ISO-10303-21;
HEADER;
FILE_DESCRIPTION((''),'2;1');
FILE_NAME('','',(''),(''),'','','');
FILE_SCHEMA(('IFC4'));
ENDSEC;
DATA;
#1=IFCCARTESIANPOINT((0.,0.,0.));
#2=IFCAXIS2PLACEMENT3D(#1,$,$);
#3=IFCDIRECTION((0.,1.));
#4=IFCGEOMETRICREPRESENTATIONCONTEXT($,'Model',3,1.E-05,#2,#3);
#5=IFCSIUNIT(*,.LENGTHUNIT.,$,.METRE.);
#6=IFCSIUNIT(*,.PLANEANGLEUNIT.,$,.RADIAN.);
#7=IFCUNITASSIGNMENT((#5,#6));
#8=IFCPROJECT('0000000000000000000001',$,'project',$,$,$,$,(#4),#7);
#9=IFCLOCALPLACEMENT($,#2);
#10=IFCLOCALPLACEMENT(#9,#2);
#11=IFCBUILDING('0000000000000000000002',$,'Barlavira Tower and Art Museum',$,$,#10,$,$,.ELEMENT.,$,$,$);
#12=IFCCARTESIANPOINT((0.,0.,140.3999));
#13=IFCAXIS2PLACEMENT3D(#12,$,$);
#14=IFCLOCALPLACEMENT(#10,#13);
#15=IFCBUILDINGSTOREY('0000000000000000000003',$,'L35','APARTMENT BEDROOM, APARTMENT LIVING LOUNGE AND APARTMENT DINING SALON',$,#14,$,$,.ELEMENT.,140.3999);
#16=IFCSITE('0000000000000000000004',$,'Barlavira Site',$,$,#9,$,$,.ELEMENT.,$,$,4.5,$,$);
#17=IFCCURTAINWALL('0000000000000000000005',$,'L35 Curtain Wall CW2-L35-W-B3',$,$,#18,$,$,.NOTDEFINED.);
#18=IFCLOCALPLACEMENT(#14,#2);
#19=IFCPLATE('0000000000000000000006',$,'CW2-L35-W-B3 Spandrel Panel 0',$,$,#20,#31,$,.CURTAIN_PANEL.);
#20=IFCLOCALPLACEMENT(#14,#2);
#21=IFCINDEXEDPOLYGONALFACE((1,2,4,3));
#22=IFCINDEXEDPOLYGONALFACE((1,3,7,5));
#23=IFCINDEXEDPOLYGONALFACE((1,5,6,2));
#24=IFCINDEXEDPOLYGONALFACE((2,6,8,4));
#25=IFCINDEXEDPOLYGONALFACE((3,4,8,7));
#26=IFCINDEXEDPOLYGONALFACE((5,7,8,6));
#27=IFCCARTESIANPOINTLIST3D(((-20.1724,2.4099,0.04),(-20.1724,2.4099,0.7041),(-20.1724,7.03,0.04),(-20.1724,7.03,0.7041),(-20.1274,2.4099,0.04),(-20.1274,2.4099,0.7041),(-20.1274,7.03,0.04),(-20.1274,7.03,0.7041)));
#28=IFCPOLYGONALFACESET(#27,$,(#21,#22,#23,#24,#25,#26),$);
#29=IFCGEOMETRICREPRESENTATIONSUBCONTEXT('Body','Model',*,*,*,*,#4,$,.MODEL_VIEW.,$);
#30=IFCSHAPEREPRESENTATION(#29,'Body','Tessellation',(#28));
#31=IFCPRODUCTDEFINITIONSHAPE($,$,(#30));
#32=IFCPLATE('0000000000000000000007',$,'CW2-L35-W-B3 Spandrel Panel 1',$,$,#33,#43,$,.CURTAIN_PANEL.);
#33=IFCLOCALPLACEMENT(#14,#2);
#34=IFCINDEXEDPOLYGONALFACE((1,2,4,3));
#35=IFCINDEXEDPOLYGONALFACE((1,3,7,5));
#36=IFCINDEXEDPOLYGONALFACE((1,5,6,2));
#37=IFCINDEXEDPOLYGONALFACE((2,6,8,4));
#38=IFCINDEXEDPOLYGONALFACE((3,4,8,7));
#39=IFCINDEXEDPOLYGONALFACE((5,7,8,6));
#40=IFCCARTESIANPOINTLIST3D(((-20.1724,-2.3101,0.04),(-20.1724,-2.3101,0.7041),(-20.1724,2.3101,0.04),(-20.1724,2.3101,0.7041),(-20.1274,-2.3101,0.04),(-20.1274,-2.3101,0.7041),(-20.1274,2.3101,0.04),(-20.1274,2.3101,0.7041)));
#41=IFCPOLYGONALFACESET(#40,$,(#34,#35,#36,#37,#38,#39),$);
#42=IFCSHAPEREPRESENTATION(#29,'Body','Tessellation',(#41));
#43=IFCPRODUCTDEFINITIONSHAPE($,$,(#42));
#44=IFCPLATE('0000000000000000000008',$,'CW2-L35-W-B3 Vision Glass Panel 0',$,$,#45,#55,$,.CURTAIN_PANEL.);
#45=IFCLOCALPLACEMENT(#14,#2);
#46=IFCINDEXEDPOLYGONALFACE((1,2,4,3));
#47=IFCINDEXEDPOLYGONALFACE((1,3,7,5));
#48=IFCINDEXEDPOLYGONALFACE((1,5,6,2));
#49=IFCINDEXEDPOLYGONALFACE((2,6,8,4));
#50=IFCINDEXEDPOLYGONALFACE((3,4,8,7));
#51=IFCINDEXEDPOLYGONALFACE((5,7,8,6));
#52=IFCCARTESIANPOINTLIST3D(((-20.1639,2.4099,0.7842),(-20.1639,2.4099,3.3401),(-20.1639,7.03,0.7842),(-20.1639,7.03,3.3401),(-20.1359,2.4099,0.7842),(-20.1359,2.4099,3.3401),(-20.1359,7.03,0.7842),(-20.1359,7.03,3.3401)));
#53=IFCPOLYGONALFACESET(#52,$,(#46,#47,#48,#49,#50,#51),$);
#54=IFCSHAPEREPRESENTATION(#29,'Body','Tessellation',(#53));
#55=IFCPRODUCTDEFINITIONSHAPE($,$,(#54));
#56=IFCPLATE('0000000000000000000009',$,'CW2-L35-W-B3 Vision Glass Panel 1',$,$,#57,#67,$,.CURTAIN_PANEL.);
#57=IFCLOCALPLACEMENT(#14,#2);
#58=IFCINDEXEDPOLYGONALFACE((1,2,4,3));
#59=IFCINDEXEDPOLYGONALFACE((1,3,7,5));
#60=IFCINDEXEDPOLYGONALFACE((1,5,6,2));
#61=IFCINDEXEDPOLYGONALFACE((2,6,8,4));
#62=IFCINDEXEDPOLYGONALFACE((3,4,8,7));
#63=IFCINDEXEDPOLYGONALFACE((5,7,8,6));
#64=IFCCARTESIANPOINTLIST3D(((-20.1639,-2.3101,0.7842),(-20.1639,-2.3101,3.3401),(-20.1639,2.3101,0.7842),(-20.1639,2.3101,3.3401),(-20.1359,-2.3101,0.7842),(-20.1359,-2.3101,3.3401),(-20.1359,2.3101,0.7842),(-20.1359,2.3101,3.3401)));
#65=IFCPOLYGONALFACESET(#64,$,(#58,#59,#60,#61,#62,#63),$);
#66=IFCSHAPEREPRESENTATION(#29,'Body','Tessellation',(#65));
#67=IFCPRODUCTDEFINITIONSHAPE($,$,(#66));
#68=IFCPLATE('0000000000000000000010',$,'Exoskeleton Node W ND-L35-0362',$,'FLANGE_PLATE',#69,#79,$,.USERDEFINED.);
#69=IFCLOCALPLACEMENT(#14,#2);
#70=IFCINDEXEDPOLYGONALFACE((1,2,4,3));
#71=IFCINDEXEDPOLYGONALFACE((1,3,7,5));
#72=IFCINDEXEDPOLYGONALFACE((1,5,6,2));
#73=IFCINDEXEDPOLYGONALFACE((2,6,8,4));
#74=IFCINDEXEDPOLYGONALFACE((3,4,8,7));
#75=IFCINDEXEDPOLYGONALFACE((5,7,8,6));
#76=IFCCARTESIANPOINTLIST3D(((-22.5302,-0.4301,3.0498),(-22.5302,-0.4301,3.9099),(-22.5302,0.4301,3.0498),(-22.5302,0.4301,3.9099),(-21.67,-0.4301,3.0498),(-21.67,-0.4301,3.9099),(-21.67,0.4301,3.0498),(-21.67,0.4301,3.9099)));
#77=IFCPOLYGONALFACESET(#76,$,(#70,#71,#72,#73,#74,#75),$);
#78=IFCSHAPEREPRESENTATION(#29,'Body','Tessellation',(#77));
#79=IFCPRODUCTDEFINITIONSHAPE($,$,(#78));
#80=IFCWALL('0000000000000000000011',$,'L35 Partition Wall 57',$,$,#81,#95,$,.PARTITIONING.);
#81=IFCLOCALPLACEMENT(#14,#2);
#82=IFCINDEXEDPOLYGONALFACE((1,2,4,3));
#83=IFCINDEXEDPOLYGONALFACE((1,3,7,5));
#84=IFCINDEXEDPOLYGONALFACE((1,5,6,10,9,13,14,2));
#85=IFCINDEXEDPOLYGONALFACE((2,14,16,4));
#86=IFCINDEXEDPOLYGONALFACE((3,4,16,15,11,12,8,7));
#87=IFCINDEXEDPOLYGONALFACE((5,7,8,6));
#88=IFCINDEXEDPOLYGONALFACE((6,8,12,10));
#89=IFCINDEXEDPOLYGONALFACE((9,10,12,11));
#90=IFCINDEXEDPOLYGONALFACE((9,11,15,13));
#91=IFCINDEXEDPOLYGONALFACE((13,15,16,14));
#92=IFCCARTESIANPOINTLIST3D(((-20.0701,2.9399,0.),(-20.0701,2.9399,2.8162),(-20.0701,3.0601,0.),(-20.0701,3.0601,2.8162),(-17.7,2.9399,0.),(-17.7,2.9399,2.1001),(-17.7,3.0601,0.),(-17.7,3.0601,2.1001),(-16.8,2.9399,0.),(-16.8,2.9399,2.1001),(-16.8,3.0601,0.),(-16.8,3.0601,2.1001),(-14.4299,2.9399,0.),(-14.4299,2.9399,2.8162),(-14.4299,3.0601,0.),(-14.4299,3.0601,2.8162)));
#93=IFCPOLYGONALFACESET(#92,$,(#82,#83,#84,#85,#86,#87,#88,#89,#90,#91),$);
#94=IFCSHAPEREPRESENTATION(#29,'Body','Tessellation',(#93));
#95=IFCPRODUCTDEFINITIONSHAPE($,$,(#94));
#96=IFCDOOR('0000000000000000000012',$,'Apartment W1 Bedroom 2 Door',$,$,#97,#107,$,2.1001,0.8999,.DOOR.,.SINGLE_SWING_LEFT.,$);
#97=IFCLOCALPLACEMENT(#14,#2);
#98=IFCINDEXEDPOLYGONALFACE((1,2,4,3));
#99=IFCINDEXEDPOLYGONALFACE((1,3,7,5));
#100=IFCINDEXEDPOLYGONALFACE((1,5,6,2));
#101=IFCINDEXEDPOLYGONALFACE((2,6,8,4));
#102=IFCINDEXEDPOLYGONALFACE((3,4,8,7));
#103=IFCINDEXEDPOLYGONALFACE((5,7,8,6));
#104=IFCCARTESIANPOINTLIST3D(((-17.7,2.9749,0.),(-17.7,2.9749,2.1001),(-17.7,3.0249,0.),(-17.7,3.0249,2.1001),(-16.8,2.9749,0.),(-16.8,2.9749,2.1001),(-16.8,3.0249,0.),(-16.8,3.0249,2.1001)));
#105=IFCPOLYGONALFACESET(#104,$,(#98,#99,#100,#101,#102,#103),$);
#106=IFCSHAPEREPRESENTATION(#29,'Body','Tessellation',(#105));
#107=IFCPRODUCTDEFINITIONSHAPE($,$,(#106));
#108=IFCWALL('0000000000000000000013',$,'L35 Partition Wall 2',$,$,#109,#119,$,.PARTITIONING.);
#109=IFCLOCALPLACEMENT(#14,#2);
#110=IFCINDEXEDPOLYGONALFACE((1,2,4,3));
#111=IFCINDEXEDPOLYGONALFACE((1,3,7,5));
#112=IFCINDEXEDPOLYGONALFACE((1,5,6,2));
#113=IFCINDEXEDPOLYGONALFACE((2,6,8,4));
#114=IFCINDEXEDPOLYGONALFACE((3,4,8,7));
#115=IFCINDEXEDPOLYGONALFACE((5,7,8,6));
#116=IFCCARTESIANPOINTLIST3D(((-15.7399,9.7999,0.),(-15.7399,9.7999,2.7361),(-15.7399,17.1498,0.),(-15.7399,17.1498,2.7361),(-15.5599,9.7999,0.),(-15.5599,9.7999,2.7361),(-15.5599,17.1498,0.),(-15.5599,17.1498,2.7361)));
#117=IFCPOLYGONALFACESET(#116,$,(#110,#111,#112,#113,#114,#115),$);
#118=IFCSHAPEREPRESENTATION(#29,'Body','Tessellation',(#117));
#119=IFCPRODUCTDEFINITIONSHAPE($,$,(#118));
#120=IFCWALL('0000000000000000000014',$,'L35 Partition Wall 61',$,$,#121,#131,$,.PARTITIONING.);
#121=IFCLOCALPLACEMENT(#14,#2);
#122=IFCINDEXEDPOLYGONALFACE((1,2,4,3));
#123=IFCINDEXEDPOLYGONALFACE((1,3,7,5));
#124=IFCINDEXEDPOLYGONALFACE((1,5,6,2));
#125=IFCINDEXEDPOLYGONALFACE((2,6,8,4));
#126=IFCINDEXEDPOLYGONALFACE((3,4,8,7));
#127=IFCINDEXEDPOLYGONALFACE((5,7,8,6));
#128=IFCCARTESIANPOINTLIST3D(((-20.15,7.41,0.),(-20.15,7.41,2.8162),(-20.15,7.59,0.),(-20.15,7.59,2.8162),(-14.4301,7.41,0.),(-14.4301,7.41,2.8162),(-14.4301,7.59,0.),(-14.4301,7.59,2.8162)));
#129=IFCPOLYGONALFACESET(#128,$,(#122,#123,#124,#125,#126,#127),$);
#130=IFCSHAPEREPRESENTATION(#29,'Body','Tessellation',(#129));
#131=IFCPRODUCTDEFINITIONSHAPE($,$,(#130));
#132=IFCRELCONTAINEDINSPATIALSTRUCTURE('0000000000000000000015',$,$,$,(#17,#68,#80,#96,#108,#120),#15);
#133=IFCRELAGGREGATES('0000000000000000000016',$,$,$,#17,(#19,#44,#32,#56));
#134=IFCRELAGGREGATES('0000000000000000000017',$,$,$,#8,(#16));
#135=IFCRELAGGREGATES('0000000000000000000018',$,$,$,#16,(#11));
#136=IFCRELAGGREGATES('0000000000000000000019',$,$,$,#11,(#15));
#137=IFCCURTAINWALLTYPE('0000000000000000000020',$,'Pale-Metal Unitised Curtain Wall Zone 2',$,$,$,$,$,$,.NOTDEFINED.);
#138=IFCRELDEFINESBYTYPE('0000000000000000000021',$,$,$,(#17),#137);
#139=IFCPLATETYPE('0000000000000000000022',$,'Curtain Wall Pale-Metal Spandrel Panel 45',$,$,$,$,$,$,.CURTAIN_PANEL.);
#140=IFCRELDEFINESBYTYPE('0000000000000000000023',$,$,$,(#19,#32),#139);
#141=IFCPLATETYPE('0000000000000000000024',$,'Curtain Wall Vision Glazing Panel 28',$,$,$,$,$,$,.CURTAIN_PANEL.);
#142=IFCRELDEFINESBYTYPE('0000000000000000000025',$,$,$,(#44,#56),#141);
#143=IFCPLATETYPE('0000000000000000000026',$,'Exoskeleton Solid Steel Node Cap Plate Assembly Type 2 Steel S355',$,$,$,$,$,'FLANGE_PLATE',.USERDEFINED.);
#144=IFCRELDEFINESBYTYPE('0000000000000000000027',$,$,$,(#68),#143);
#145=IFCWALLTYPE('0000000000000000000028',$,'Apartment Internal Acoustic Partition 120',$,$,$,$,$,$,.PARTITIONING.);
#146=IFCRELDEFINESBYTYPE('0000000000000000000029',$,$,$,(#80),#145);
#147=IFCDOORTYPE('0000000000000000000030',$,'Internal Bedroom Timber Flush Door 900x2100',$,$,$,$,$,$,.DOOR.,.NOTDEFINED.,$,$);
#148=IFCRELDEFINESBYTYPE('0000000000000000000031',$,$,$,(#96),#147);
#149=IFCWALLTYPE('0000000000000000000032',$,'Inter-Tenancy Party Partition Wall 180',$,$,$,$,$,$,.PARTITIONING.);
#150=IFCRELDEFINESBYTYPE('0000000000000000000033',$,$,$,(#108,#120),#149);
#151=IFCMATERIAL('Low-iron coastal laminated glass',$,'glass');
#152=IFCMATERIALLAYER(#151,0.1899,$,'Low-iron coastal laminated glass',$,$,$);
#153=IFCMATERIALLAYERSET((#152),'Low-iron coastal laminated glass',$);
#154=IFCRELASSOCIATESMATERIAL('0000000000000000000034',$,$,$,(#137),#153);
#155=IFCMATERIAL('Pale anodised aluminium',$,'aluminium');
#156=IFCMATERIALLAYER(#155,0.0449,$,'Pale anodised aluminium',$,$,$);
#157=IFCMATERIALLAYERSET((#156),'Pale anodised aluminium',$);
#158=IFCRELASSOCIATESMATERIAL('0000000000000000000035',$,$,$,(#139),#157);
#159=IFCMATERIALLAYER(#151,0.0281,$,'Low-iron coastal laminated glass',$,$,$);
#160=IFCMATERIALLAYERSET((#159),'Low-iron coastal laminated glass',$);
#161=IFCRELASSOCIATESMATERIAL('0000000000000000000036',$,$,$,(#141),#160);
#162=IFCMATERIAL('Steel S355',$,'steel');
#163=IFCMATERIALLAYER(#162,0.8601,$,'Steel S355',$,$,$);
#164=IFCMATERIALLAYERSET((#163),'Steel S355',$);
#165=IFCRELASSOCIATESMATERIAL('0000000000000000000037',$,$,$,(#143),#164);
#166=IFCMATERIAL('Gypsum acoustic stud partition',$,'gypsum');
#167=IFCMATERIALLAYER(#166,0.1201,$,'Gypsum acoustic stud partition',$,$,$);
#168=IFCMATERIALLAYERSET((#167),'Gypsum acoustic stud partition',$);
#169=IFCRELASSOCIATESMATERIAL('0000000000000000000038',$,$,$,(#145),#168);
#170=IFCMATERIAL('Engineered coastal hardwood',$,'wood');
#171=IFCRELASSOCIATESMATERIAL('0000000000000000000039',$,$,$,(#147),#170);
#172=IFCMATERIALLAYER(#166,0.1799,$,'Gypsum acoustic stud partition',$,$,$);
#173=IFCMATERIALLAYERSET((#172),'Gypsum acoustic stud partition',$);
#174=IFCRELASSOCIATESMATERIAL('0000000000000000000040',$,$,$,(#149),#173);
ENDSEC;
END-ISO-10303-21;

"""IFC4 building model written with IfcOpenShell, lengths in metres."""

from ifc_helpers import new_model, si_unit, direction, frame, frame_2d, origin, origin_2d, place, context, subcontext, project, spatial, rectangle, extrude, material, layer, layer_set, type_object, element, fill, aggregate, save


model = new_model("IFC4")

# Units and contexts
model_context = context("Model", 3, precision=1e-05, world=origin(), true_north=direction((0.0, 1.0)))
body_context = subcontext(model_context, "Body", "Model", "MODEL_VIEW")
ifc_project = project(units=[si_unit("LENGTHUNIT", "METRE"), si_unit("PLANEANGLEUNIT", "RADIAN")], contexts=[model_context])

# Site, building, storey
site_placement = place(None, origin())
site = spatial("IfcSite", under=ifc_project, at=site_placement, Name="Barlavira Site", CompositionType="ELEMENT", RefElevation=4.5)
building_placement = place(site_placement, origin())
building = spatial("IfcBuilding", under=site, at=building_placement, Name="Barlavira Tower and Art Museum", CompositionType="ELEMENT")
storey_placement = place(building_placement, frame((0.0, 0.0, 140.3999)))
storey = spatial("IfcBuildingStorey", under=building, at=storey_placement, Name="L35", Description="APARTMENT BEDROOM, APARTMENT LIVING LOUNGE AND APARTMENT DINING SALON", CompositionType="ELEMENT", Elevation=140.3999)

# Curtain wall
ifc_material_1 = material(Name="Low-iron coastal laminated glass", Category="glass")
ifc_layer_1 = layer(ifc_material_1, 0.1899, Name="Low-iron coastal laminated glass")
ifc_layer_set_1 = layer_set([ifc_layer_1], Name="Low-iron coastal laminated glass")
curtain_wall_type = type_object("IfcCurtainWallType", Name="Pale-Metal Unitised Curtain Wall Zone 2", PredefinedType="NOTDEFINED", material=ifc_layer_set_1)
curtain_wall_placement = place(storey_placement, origin())
curtain_wall = element("IfcCurtainWall", 1, at=curtain_wall_placement, inside=storey, type_object=curtain_wall_type, Name="L35 Curtain Wall CW2-L35-W-B3", PredefinedType="NOTDEFINED")
ifc_material_2 = material(Name="Pale anodised aluminium", Category="aluminium")

# Shared definitions
ifc_material_3 = material(Name="Steel S355", Category="steel")

# Plates
ifc_layer_2 = layer(ifc_material_2, 0.0449, Name="Pale anodised aluminium")
ifc_layer_set_2 = layer_set([ifc_layer_2], Name="Pale anodised aluminium")
plate_type_1 = type_object("IfcPlateType", Name="Curtain Wall Pale-Metal Spandrel Panel 45", PredefinedType="CURTAIN_PANEL", material=ifc_layer_set_2)
plate_1_placement = place(storey_placement, frame((-20.1499, 4.72, 0.04), z_axis=(0.0, 0.0, 1.0), x_axis=(0.0, -1.0, 0.0)))
plate_1 = element("IfcPlate", 2, at=plate_1_placement, type_object=plate_type_1, Name="CW2-L35-W-B3 Spandrel Panel 0", PredefinedType="CURTAIN_PANEL", context=body_context, shape_type="SweptSolid", body=[
    extrude(rectangle(XDim=4.6201, YDim=0.0449, at=origin_2d()), origin(), (0.0, 0.0, 1.0), 0.6641),
])
plate_2_placement = place(storey_placement, frame((-20.1499, 0.0, 0.04), z_axis=(0.0, 0.0, 1.0), x_axis=(0.0, -1.0, 0.0)))
plate_2 = element("IfcPlate", 3, at=plate_2_placement, type_object=plate_type_1, Name="CW2-L35-W-B3 Spandrel Panel 1", PredefinedType="CURTAIN_PANEL", context=body_context, shape_type="SweptSolid", body=[
    extrude(rectangle(XDim=4.6201, YDim=0.0449, at=origin_2d()), origin(), (0.0, 0.0, 1.0), 0.6641),
])
ifc_layer_3 = layer(ifc_material_1, 0.0281, Name="Low-iron coastal laminated glass")
ifc_layer_set_3 = layer_set([ifc_layer_3], Name="Low-iron coastal laminated glass")
plate_type_2 = type_object("IfcPlateType", Name="Curtain Wall Vision Glazing Panel 28", PredefinedType="CURTAIN_PANEL", material=ifc_layer_set_3)
plate_3_placement = place(storey_placement, frame((-20.1499, 4.72, 0.7842), z_axis=(0.0, 0.0, 1.0), x_axis=(0.0, -1.0, 0.0)))
plate_3 = element("IfcPlate", 4, at=plate_3_placement, type_object=plate_type_2, Name="CW2-L35-W-B3 Vision Glass Panel 0", PredefinedType="CURTAIN_PANEL", context=body_context, shape_type="SweptSolid", body=[
    extrude(rectangle(XDim=4.6201, YDim=0.0281, at=origin_2d()), origin(), (0.0, 0.0, 1.0), 2.5559),
])
plate_4_placement = place(storey_placement, frame((-20.1499, 0.0, 0.7842), z_axis=(0.0, 0.0, 1.0), x_axis=(0.0, -1.0, 0.0)))
plate_4 = element("IfcPlate", 5, at=plate_4_placement, type_object=plate_type_2, Name="CW2-L35-W-B3 Vision Glass Panel 1", PredefinedType="CURTAIN_PANEL", context=body_context, shape_type="SweptSolid", body=[
    extrude(rectangle(XDim=4.6201, YDim=0.0281, at=origin_2d()), origin(), (0.0, 0.0, 1.0), 2.5559),
])
aggregate(curtain_wall, [plate_1, plate_3, plate_2, plate_4])
ifc_layer_4 = layer(ifc_material_3, 0.8601, Name="Steel S355")
ifc_layer_set_4 = layer_set([ifc_layer_4], Name="Steel S355")
plate_type_3 = type_object("IfcPlateType", Name="Exoskeleton Solid Steel Node Cap Plate Assembly Type 2 Steel S355", ElementType="FLANGE_PLATE", PredefinedType="USERDEFINED", material=ifc_layer_set_4)
plate_5_placement = place(storey_placement, frame((-22.1001, 0.0, 3.0498), z_axis=(0.0, 0.0, 1.0), x_axis=(1.0, 0.0, 0.0)))
element("IfcPlate", 6, at=plate_5_placement, inside=storey, type_object=plate_type_3, Name="Exoskeleton Node W ND-L35-0362", ObjectType="FLANGE_PLATE", PredefinedType="USERDEFINED", context=body_context, shape_type="SweptSolid", body=[
    extrude(rectangle(XDim=0.8601, YDim=0.8601, at=origin_2d()), origin(), (0.0, 0.0, 1.0), 0.8601),
])

# Wall, opening, door
ifc_material_4 = material(Name="Gypsum acoustic stud partition", Category="gypsum")
ifc_layer_5 = layer(ifc_material_4, 0.1201, Name="Gypsum acoustic stud partition")
ifc_layer_set_5 = layer_set([ifc_layer_5], Name="Gypsum acoustic stud partition")
wall_type_1 = type_object("IfcWallType", Name="Apartment Internal Acoustic Partition 120", PredefinedType="PARTITIONING", material=ifc_layer_set_5)
wall_1_placement = place(storey_placement, frame((-20.0701, 3.0, 0.0), z_axis=(0.0, 0.0, 1.0), x_axis=(1.0, 0.0, 0.0)))
wall_1 = element("IfcWall", 7, at=wall_1_placement, inside=storey, type_object=wall_type_1, Name="L35 Partition Wall 57", PredefinedType="PARTITIONING", context=body_context, shape_type="SweptSolid", body=[
    extrude(rectangle(XDim=5.6401, YDim=0.1201, at=frame_2d((2.8201, 0.0))), origin(), (0.0, 0.0, 1.0), 2.8162),
])
opening_placement = place(wall_1_placement, frame((2.3701, 0.0, 0.0)))
opening = element("IfcOpeningElement", 8, at=opening_placement, cuts=wall_1, PredefinedType="OPENING", context=body_context, shape_type="SweptSolid", body=[
    extrude(rectangle(XDim=0.8999, YDim=2.1001, at=frame_2d((0.45, 1.05))), frame((0.0, 0.0701, 0.0), z_axis=(0.0, -1.0, 0.0), x_axis=(1.0, 0.0, 0.0)), (0.0, 0.0, 1.0), 0.1401),
])
ifc_material_5 = material(Name="Engineered coastal hardwood", Category="wood")
door_type = type_object("IfcDoorType", Name="Internal Bedroom Timber Flush Door 900x2100", OperationType="NOTDEFINED", PredefinedType="DOOR", material=ifc_material_5)
door_placement = place(opening_placement, origin())
door = element("IfcDoor", 9, at=door_placement, inside=storey, type_object=door_type, Name="Apartment W1 Bedroom 2 Door", OperationType="SINGLE_SWING_LEFT", OverallHeight=2.1001, OverallWidth=0.8999, PredefinedType="DOOR", context=body_context, shape_type="SweptSolid", body=[
    extrude(rectangle(XDim=0.8999, YDim=2.1001, at=frame_2d((0.45, 1.05))), frame((0.0, 0.0249, 0.0), z_axis=(0.0, -1.0, 0.0), x_axis=(1.0, 0.0, 0.0)), (0.0, 0.0, 1.0), 0.05),
])
fill(opening, door)

# Walls
ifc_layer_6 = layer(ifc_material_4, 0.1799, Name="Gypsum acoustic stud partition")
ifc_layer_set_6 = layer_set([ifc_layer_6], Name="Gypsum acoustic stud partition")
wall_type_2 = type_object("IfcWallType", Name="Inter-Tenancy Party Partition Wall 180", PredefinedType="PARTITIONING", material=ifc_layer_set_6)
wall_2_placement = place(storey_placement, frame((-15.6499, 9.8, 0.0), z_axis=(0.0, 0.0, 1.0), x_axis=(0.0, 1.0, 0.0)))
element("IfcWall", 10, at=wall_2_placement, inside=storey, type_object=wall_type_2, Name="L35 Partition Wall 2", PredefinedType="PARTITIONING", context=body_context, shape_type="SweptSolid", body=[
    extrude(rectangle(XDim=7.3499, YDim=0.1799, at=frame_2d((3.6748, 0.0))), origin(), (0.0, 0.0, 1.0), 2.7361),
])
wall_3_placement = place(storey_placement, frame((-20.1499, 7.5, 0.0), z_axis=(0.0, 0.0, 1.0), x_axis=(1.0, 0.0, 0.0)))
element("IfcWall", 11, at=wall_3_placement, inside=storey, type_object=wall_type_2, Name="L35 Partition Wall 61", PredefinedType="PARTITIONING", context=body_context, shape_type="SweptSolid", body=[
    extrude(rectangle(XDim=5.72, YDim=0.1799, at=frame_2d((2.8599, 0.0))), origin(), (0.0, 0.0, 1.0), 2.8162),
])

save(model, "model.ifc")
